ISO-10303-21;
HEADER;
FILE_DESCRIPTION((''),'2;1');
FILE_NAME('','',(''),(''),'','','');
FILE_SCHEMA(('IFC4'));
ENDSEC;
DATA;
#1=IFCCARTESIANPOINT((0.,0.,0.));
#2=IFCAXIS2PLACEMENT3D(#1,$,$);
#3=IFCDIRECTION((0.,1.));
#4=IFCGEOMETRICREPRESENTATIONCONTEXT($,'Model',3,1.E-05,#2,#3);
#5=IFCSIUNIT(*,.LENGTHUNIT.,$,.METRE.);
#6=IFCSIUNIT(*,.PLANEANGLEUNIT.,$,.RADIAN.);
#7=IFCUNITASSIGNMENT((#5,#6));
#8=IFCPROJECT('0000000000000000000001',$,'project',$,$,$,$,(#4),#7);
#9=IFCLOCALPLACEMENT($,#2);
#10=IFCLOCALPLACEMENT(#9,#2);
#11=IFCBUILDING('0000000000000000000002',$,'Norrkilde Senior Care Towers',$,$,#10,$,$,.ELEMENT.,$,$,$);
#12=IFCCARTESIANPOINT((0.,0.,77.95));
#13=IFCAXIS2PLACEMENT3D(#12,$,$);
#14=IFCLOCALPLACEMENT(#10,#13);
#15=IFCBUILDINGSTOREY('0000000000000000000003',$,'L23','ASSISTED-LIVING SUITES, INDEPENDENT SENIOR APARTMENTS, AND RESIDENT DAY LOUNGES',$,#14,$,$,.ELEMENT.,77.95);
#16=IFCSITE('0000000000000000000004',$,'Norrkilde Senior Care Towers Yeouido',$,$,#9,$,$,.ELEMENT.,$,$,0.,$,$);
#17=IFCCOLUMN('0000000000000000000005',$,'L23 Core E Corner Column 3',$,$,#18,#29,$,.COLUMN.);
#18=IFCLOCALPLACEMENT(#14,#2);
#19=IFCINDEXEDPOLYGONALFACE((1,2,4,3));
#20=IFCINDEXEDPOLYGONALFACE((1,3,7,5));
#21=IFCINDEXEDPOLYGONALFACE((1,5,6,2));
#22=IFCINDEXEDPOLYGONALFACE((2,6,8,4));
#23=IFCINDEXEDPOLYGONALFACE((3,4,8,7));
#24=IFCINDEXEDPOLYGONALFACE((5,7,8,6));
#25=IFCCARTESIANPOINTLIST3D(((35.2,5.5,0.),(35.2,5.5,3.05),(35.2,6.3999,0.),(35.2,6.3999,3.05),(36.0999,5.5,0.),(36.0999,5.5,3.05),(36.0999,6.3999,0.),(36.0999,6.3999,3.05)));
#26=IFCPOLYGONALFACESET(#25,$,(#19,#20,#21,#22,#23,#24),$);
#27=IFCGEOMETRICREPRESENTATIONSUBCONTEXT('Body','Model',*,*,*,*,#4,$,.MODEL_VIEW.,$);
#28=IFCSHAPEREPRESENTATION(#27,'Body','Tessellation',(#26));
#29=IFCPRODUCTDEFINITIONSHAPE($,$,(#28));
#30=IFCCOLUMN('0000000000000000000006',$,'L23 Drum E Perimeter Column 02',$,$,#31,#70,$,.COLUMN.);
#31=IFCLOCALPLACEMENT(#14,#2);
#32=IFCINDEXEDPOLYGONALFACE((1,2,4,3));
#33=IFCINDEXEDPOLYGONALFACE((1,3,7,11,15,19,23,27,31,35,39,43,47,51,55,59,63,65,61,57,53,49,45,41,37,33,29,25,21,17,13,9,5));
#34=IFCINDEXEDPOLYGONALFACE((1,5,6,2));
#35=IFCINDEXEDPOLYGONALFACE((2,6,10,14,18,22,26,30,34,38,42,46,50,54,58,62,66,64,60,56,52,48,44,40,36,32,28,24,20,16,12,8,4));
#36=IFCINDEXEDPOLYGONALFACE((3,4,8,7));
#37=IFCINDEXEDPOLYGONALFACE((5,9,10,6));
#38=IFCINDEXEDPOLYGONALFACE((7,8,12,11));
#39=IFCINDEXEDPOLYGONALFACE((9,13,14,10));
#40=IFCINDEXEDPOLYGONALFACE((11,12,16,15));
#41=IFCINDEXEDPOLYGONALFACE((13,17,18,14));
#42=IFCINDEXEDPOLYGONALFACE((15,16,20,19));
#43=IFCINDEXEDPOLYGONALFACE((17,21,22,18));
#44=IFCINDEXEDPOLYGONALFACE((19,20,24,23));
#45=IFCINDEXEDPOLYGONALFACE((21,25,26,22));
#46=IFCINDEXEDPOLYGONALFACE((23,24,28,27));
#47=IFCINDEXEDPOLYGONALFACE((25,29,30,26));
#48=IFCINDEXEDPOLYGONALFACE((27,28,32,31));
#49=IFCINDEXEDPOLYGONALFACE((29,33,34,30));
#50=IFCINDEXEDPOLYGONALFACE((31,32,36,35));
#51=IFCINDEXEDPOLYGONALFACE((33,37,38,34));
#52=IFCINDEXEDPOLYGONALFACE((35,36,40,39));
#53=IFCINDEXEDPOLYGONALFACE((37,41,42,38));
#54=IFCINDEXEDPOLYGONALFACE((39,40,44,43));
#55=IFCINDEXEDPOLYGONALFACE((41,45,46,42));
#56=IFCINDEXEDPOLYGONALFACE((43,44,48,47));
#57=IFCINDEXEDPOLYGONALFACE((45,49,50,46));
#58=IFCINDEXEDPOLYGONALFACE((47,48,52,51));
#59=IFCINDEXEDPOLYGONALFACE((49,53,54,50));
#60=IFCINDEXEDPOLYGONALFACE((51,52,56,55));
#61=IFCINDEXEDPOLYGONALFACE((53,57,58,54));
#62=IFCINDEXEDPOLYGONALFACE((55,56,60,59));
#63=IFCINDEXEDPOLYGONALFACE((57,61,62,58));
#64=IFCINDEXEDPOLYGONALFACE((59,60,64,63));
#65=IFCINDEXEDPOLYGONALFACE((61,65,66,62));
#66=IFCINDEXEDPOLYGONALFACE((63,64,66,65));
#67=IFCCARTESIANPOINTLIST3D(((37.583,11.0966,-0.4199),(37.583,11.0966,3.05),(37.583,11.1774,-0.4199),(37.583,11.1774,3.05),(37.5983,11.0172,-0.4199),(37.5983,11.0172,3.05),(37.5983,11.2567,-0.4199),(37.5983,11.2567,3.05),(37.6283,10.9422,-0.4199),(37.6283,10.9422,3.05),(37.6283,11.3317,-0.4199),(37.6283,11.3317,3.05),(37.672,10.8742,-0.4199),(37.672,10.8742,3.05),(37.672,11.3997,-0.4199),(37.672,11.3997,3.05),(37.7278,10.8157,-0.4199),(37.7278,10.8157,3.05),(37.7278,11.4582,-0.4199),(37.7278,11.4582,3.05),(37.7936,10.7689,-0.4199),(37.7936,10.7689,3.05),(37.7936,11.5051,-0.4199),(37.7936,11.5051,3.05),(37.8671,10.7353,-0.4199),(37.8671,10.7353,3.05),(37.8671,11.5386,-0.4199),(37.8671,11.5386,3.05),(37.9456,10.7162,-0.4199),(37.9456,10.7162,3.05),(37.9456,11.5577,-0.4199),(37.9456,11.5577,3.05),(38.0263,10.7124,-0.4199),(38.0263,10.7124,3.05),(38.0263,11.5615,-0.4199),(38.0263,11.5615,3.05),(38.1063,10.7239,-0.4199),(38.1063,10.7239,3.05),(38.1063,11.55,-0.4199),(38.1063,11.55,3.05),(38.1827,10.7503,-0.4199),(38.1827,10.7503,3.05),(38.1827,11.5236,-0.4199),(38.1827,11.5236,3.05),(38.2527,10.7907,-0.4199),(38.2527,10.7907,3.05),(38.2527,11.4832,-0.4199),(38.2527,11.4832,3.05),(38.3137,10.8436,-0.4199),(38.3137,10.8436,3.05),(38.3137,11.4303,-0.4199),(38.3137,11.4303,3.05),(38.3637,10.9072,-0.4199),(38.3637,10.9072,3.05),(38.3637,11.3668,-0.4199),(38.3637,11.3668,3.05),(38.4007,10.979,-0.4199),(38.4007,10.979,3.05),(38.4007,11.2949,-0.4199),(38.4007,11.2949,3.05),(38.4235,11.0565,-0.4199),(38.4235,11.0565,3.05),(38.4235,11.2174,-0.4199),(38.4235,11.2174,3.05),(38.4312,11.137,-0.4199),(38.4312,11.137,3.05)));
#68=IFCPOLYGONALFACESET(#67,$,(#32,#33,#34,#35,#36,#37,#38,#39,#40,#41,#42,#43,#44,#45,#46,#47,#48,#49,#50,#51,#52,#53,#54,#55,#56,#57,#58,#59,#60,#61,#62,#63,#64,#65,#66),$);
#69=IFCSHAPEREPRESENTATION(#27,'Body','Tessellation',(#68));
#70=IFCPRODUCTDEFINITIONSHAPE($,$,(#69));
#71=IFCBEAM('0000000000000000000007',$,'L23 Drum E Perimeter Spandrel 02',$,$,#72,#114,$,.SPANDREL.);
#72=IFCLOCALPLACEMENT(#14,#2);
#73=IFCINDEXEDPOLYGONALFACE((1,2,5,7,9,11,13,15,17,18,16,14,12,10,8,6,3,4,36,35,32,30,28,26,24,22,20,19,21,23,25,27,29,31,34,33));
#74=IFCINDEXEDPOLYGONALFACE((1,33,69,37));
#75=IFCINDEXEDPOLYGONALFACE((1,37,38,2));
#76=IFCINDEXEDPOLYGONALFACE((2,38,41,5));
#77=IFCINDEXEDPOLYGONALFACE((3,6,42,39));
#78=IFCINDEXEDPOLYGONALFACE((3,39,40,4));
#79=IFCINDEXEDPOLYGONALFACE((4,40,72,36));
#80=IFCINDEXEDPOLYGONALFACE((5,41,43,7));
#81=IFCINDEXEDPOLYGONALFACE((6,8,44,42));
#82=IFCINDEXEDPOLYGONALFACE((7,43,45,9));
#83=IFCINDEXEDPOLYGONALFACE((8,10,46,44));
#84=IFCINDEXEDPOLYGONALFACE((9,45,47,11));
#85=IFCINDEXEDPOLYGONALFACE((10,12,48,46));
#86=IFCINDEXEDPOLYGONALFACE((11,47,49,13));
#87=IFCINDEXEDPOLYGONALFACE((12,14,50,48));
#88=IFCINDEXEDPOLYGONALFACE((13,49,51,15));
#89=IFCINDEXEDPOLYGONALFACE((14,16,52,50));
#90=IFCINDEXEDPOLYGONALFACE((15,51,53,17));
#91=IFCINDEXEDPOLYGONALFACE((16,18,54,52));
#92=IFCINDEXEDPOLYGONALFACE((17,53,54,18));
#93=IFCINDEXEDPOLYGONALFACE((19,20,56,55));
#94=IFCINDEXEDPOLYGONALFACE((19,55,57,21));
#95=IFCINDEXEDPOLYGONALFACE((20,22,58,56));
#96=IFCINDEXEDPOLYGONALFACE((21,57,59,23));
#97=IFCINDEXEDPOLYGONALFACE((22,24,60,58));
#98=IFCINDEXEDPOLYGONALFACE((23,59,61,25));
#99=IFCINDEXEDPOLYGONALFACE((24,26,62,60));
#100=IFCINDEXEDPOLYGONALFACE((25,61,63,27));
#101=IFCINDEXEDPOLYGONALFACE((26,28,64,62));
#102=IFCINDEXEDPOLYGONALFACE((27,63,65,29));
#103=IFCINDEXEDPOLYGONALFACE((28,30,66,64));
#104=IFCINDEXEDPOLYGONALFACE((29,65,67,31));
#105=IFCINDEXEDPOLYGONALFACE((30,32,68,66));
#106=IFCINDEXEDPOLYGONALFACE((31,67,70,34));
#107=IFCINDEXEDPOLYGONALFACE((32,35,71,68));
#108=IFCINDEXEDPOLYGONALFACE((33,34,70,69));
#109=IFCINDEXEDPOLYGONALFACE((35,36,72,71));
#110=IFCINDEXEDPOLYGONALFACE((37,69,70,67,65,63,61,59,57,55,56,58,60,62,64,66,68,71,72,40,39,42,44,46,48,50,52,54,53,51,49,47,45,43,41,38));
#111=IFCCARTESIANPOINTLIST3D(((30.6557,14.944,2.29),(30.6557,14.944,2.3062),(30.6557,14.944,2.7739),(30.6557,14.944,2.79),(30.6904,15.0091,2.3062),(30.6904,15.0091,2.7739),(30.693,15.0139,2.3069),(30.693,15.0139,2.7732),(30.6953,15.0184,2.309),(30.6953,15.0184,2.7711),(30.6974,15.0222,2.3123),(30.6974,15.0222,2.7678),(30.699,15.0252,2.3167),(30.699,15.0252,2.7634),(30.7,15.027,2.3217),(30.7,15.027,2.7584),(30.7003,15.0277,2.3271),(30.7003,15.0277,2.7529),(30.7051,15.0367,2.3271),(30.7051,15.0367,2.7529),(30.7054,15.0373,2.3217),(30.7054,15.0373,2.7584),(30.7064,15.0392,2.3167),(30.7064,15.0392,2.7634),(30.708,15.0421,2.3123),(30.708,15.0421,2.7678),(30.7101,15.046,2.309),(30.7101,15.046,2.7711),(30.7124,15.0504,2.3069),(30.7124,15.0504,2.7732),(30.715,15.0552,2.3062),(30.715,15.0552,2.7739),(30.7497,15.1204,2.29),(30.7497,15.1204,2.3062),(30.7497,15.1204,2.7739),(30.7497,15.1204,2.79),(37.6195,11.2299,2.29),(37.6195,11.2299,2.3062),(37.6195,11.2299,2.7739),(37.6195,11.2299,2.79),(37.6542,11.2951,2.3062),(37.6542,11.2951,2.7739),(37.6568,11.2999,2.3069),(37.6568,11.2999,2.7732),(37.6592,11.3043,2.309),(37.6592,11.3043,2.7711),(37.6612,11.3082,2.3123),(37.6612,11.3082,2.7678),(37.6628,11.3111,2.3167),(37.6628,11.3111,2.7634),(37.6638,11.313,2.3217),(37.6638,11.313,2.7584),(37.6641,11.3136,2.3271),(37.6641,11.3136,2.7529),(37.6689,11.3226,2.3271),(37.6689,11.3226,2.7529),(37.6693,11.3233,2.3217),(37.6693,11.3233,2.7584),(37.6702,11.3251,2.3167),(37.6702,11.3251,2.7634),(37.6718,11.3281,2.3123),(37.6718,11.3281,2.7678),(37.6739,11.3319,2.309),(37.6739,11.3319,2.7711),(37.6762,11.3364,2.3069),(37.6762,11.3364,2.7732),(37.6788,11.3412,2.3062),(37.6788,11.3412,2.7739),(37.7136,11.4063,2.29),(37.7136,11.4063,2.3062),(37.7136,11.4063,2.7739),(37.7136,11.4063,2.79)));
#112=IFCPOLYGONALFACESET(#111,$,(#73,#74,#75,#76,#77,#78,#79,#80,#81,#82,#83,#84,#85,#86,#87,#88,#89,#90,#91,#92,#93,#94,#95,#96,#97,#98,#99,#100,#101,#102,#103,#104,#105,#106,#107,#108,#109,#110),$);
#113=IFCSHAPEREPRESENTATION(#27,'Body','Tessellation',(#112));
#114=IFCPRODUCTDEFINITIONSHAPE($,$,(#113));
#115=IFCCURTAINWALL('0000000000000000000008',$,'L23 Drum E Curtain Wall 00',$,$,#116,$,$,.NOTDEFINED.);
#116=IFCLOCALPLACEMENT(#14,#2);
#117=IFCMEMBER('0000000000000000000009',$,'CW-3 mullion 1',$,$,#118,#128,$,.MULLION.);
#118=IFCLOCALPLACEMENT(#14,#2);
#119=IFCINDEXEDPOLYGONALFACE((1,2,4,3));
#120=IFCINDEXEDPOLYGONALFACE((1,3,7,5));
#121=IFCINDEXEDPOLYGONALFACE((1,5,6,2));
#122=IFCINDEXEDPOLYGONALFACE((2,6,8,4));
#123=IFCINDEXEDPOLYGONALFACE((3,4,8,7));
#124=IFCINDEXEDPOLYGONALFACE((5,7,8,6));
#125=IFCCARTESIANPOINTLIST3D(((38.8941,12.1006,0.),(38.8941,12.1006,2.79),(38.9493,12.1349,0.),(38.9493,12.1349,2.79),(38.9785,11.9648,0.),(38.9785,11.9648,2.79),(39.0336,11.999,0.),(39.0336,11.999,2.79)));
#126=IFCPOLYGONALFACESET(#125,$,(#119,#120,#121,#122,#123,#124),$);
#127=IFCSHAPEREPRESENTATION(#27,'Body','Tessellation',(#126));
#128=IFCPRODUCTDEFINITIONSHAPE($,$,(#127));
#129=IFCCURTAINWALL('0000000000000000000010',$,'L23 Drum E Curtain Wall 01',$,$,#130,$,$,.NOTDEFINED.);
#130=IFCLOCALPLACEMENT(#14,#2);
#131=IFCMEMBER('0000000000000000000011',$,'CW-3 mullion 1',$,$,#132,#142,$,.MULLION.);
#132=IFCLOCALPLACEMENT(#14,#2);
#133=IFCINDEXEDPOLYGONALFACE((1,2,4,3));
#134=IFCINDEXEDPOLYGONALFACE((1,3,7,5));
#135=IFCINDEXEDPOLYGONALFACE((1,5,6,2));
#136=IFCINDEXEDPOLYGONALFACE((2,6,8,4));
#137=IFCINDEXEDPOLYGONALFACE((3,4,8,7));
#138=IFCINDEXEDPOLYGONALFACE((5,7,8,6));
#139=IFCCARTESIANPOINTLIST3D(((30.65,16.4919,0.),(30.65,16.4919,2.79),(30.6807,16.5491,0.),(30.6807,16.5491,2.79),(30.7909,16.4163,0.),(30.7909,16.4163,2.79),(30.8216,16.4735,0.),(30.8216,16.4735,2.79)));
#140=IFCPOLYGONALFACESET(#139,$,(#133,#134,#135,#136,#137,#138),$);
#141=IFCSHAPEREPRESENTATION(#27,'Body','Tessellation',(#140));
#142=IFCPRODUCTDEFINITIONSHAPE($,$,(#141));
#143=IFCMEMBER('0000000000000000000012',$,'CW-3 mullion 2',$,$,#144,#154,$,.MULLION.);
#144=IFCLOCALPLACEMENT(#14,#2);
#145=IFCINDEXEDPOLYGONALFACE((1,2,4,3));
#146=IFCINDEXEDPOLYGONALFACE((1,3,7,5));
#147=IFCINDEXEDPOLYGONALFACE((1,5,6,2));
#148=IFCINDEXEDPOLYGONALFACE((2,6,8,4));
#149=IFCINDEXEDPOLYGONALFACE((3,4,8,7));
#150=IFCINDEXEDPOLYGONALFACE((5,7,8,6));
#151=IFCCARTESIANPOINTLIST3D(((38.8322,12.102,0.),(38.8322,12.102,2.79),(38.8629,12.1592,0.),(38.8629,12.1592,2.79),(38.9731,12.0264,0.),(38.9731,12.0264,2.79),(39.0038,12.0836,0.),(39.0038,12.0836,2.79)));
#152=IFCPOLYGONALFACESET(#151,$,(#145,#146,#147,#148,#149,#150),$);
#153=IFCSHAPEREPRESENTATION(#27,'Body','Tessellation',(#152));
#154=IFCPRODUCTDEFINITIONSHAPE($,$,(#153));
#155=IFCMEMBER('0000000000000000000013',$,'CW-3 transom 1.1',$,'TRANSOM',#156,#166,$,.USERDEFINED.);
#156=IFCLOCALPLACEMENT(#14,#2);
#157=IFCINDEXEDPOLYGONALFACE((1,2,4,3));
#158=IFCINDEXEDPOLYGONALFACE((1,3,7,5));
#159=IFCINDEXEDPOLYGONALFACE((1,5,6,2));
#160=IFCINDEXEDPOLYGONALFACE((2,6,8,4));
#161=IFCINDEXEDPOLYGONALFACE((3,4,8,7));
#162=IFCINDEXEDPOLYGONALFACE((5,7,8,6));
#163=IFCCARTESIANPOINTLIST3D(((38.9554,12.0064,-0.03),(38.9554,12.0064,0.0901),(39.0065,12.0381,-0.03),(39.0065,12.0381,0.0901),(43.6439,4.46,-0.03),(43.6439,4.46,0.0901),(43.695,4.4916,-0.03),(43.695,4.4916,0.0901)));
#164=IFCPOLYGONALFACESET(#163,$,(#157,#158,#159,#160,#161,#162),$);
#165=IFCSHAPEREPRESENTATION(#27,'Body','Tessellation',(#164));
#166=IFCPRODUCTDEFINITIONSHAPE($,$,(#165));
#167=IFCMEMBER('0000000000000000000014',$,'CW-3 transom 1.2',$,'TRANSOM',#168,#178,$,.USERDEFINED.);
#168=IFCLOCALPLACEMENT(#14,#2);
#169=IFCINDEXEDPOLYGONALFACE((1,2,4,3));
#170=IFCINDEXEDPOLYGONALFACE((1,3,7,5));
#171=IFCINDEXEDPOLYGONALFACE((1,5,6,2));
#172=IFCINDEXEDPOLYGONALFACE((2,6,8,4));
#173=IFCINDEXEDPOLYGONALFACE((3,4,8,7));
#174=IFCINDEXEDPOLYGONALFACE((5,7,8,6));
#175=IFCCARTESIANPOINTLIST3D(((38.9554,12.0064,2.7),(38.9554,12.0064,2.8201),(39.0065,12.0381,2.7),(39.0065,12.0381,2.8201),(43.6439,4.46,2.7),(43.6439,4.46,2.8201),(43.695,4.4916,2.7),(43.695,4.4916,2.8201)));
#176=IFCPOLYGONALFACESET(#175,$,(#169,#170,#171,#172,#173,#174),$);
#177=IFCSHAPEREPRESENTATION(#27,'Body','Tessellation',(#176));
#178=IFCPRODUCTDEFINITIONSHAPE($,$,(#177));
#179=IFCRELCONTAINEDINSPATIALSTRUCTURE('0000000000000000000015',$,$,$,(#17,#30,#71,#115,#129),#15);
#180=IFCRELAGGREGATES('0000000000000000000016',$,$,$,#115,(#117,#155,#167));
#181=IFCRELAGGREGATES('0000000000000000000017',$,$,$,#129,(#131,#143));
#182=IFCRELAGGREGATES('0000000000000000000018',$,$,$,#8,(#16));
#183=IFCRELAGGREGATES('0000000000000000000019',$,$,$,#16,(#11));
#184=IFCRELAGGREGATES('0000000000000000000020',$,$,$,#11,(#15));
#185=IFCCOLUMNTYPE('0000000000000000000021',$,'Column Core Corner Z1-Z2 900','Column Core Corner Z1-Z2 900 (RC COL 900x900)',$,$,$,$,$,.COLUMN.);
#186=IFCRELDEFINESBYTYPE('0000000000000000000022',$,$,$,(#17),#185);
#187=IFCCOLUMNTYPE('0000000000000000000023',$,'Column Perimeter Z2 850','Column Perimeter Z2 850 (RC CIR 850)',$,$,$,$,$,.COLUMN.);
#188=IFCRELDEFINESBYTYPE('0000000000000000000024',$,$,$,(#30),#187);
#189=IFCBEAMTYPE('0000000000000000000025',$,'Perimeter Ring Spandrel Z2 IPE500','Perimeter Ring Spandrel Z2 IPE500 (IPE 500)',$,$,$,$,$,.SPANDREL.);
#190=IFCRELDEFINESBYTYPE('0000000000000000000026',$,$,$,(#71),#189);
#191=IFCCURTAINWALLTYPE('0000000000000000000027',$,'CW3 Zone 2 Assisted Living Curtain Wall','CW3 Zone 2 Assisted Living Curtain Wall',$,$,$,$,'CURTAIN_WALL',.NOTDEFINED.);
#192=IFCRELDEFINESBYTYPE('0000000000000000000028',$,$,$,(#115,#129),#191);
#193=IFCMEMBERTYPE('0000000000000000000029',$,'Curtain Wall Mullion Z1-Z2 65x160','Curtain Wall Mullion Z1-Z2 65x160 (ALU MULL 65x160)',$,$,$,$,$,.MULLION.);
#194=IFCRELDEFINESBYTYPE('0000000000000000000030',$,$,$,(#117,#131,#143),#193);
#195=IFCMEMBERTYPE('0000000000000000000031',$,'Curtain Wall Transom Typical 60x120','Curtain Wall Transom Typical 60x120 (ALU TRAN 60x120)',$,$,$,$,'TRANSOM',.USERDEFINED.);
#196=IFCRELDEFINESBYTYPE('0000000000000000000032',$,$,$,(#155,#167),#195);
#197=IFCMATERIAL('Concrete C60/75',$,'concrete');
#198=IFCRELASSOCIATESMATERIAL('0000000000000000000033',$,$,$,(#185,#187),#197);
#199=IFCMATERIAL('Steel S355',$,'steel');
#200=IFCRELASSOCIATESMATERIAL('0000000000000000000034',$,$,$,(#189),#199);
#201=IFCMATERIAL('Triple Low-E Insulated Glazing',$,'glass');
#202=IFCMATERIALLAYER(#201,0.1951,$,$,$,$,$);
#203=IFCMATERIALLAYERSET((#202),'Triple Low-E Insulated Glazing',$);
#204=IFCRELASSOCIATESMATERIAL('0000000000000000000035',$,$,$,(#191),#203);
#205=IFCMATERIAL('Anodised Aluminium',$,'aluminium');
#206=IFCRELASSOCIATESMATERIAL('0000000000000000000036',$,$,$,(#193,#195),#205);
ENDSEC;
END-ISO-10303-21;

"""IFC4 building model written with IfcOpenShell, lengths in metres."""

from ifc_helpers import new_model, si_unit, direction, frame, origin, origin_2d, place, context, subcontext, project, spatial, rectangle, circle, i_section, extrude, source, transform, mapped, material, layer, layer_set, material_profile, profile_set, type_object, type_shapes, element, aggregate, save


model = new_model("IFC4")

# Units and contexts
model_context = context("Model", 3, precision=1e-05, world=origin(), true_north=direction((0.0, 1.0)))
body_context = subcontext(model_context, "Body", "Model", "MODEL_VIEW")
ifc_project = project(units=[si_unit("LENGTHUNIT", "METRE"), si_unit("PLANEANGLEUNIT", "RADIAN")], contexts=[model_context])

# Site, building, storey
site_placement = place(None, origin())
site = spatial("IfcSite", under=ifc_project, at=site_placement, Name="Norrkilde Senior Care Towers Yeouido", CompositionType="ELEMENT", RefElevation=0.0)
building_placement = place(site_placement, origin())
building = spatial("IfcBuilding", under=site, at=building_placement, Name="Norrkilde Senior Care Towers", CompositionType="ELEMENT")
storey_placement = place(building_placement, frame((0.0, 0.0, 77.95)))
storey = spatial("IfcBuildingStorey", under=building, at=storey_placement, Name="L23", Description="ASSISTED-LIVING SUITES, INDEPENDENT SENIOR APARTMENTS, AND RESIDENT DAY LOUNGES", CompositionType="ELEMENT", Elevation=77.95)

# Columns
ifc_material_1 = material(Name="Concrete C60/75", Category="concrete")
ifc_material_profile_1 = material_profile(ifc_material_1, rectangle(XDim=0.8999, YDim=0.8999, at=origin_2d()), Name="RC COL 900x900")
ifc_profile_set_1 = profile_set([ifc_material_profile_1], Name="Concrete C60/75")
column_type_1 = type_object("IfcColumnType", Name="Column Core Corner Z1-Z2 900", Description="Column Core Corner Z1-Z2 900 (RC COL 900x900)", PredefinedType="COLUMN", material=ifc_profile_set_1)
shared_shape_1 = source(origin(), body_context, "Body", "SweptSolid", [
    extrude(rectangle(XDim=0.8999, YDim=0.8999, at=origin_2d()), origin(), (0.0, 0.0, 1.0), 3.05),
])
type_shapes(column_type_1, [shared_shape_1])
column_1_placement = place(storey_placement, frame((35.6499, 5.95, 0.0), z_axis=(0.0, 0.0, 1.0), x_axis=(1.0, 0.0, 0.0)))
element("IfcColumn", 1, at=column_1_placement, inside=storey, type_object=column_type_1, Name="L23 Core E Corner Column 3", PredefinedType="COLUMN", context=body_context, shape_type="MappedRepresentation", body=[
    mapped(shared_shape_1, transform((0.0, 0.0, 0.0), x_axis=(1.0, 0.0, 0.0), y_axis=(0.0, 1.0, 0.0), z_axis=(0.0, 0.0, 1.0), scale=1.0)),
])
ifc_material_profile_2 = material_profile(ifc_material_1, circle(Radius=0.425, at=origin_2d()), Name="RC CIR 850")
ifc_profile_set_2 = profile_set([ifc_material_profile_2], Name="Concrete C60/75")
column_type_2 = type_object("IfcColumnType", Name="Column Perimeter Z2 850", Description="Column Perimeter Z2 850 (RC CIR 850)", PredefinedType="COLUMN", material=ifc_profile_set_2)
shared_shape_2 = source(origin(), body_context, "Body", "SweptSolid", [
    extrude(circle(Radius=0.425, at=origin_2d()), origin(), (0.0, 0.0, 1.0), 3.47),
])
type_shapes(column_type_2, [shared_shape_2])
column_2_placement = place(storey_placement, frame((38.0061, 11.137, -0.4199), z_axis=(0.0, 0.0, 1.0), x_axis=(1.0, 0.0, 0.0)))
element("IfcColumn", 2, at=column_2_placement, inside=storey, type_object=column_type_2, Name="L23 Drum E Perimeter Column 02", PredefinedType="COLUMN", context=body_context, shape_type="MappedRepresentation", body=[
    mapped(shared_shape_2, transform((0.0, 0.0, 0.0), x_axis=(1.0, 0.0, 0.0), y_axis=(0.0, 1.0, 0.0), z_axis=(0.0, 0.0, 1.0), scale=1.0)),
])

# Beam
ifc_material_2 = material(Name="Steel S355", Category="steel")
ifc_material_profile_3 = material_profile(ifc_material_2, i_section(OverallWidth=0.2, OverallDepth=0.5, WebThickness=0.0103, FlangeThickness=0.0161, FilletRadius=0.021, at=origin_2d()), Name="IPE 500")
ifc_profile_set_3 = profile_set([ifc_material_profile_3], Name="Steel S355")
beam_type = type_object("IfcBeamType", Name="Perimeter Ring Spandrel Z2 IPE500", Description="Perimeter Ring Spandrel Z2 IPE500 (IPE 500)", PredefinedType="SPANDREL", material=ifc_profile_set_3)
shared_shape_3 = source(origin(), body_context, "Body", "SweptSolid", [
    extrude(i_section(OverallWidth=0.2, OverallDepth=0.5, WebThickness=0.0103, FlangeThickness=0.0161, FilletRadius=0.021, at=origin_2d()), origin(), (0.0, 0.0, 1.0), 7.8923),
])
type_shapes(beam_type, [shared_shape_3])
beam_placement = place(storey_placement, frame((37.6665, 11.3181, 2.54), z_axis=(-0.88235, 0.470593, 0.0), x_axis=(-0.470593, -0.88235, 0.0)))
element("IfcBeam", 3, at=beam_placement, inside=storey, type_object=beam_type, Name="L23 Drum E Perimeter Spandrel 02", PredefinedType="SPANDREL", context=body_context, shape_type="MappedRepresentation", body=[
    mapped(shared_shape_3, transform((0.0, 0.0, 0.0), x_axis=(1.0, 0.0, 0.0), y_axis=(0.0, 1.0, 0.0), z_axis=(0.0, 0.0, 1.0), scale=1.0)),
])

# Curtain wall, member
ifc_material_3 = material(Name="Triple Low-E Insulated Glazing", Category="glass")
ifc_layer_1 = layer(ifc_material_3, 0.1951)
ifc_layer_set_1 = layer_set([ifc_layer_1], Name="Triple Low-E Insulated Glazing")
curtain_wall_type = type_object("IfcCurtainWallType", Name="CW3 Zone 2 Assisted Living Curtain Wall", Description="CW3 Zone 2 Assisted Living Curtain Wall", ElementType="CURTAIN_WALL", PredefinedType="NOTDEFINED", material=ifc_layer_set_1)
curtain_wall_1_placement = place(storey_placement, origin())
curtain_wall_1 = element("IfcCurtainWall", 4, at=curtain_wall_1_placement, inside=storey, type_object=curtain_wall_type, Name="L23 Drum E Curtain Wall 00", PredefinedType="NOTDEFINED")
ifc_material_4 = material(Name="Anodised Aluminium", Category="aluminium")
ifc_material_profile_4 = material_profile(ifc_material_4, rectangle(XDim=0.0649, YDim=0.1599, at=origin_2d()), Name="ALU MULL 65x160")
ifc_profile_set_4 = profile_set([ifc_material_profile_4], Name="Anodised Aluminium")
member_type_1 = type_object("IfcMemberType", Name="Curtain Wall Mullion Z1-Z2 65x160", Description="Curtain Wall Mullion Z1-Z2 65x160 (ALU MULL 65x160)", PredefinedType="MULLION", material=ifc_profile_set_4)
shared_shape_4 = source(origin(), body_context, "Body", "SweptSolid", [
    extrude(rectangle(XDim=0.0649, YDim=0.1599, at=origin_2d()), origin(), (0.0, 0.0, 1.0), 2.79),
])
type_shapes(member_type_1, [shared_shape_4])
member_1_placement = place(storey_placement, frame((38.9639, 12.0498, 0.0), z_axis=(0.0, 0.0, 1.0), x_axis=(0.84941, 0.527733, 0.0)))
member_1 = element("IfcMember", 5, at=member_1_placement, type_object=member_type_1, Name="CW-3 mullion 1", PredefinedType="MULLION", context=body_context, shape_type="MappedRepresentation", body=[
    mapped(shared_shape_4, transform((0.0, 0.0, 0.0), x_axis=(1.0, 0.0, 0.0), y_axis=(0.0, 1.0, 0.0), z_axis=(0.0, 0.0, 1.0), scale=1.0)),
])

# Curtain wall, members
curtain_wall_2_placement = place(storey_placement, origin())
curtain_wall_2 = element("IfcCurtainWall", 6, at=curtain_wall_2_placement, inside=storey, type_object=curtain_wall_type, Name="L23 Drum E Curtain Wall 01", PredefinedType="NOTDEFINED")
member_2_placement = place(storey_placement, frame((30.7358, 16.4827, 0.0), z_axis=(0.0, 0.0, 1.0), x_axis=(0.472769, 0.881186, 0.0)))
member_2 = element("IfcMember", 7, at=member_2_placement, type_object=member_type_1, Name="CW-3 mullion 1", PredefinedType="MULLION", context=body_context, shape_type="MappedRepresentation", body=[
    mapped(shared_shape_4, transform((0.0, 0.0, 0.0), x_axis=(1.0, 0.0, 0.0), y_axis=(0.0, 1.0, 0.0), z_axis=(0.0, 0.0, 1.0), scale=1.0)),
])
member_3_placement = place(storey_placement, frame((38.918, 12.0928, 0.0), z_axis=(0.0, 0.0, 1.0), x_axis=(0.472769, 0.881186, 0.0)))
member_3 = element("IfcMember", 8, at=member_3_placement, type_object=member_type_1, Name="CW-3 mullion 2", PredefinedType="MULLION", context=body_context, shape_type="MappedRepresentation", body=[
    mapped(shared_shape_4, transform((0.0, 0.0, 0.0), x_axis=(1.0, 0.0, 0.0), y_axis=(0.0, 1.0, 0.0), z_axis=(0.0, 0.0, 1.0), scale=1.0)),
])

# Members
ifc_material_profile_5 = material_profile(ifc_material_4, rectangle(XDim=0.0601, YDim=0.1201, at=origin_2d()), Name="ALU TRAN 60x120")
ifc_profile_set_5 = profile_set([ifc_material_profile_5], Name="Anodised Aluminium")
member_type_2 = type_object("IfcMemberType", Name="Curtain Wall Transom Typical 60x120", Description="Curtain Wall Transom Typical 60x120 (ALU TRAN 60x120)", ElementType="TRANSOM", PredefinedType="USERDEFINED", material=ifc_profile_set_5)
shared_shape_5 = source(origin(), body_context, "Body", "SweptSolid", [
    extrude(rectangle(XDim=0.0601, YDim=0.1201, at=origin_2d()), origin(), (0.0, 0.0, 1.0), 8.8843),
])
member_4_placement = place(storey_placement, frame((38.981, 12.0222, 0.03), z_axis=(0.527729, -0.849413, 0.0), x_axis=(0.849413, 0.527729, 0.0)))
member_4 = element("IfcMember", 9, at=member_4_placement, type_object=member_type_2, Name="CW-3 transom 1.1", ObjectType="TRANSOM", PredefinedType="USERDEFINED", context=body_context, shape_type="MappedRepresentation", body=[
    mapped(shared_shape_5, transform((0.0, 0.0, 0.0), x_axis=(1.0, 0.0, 0.0), y_axis=(0.0, 1.0, 0.0), z_axis=(0.0, 0.0, 1.0), scale=1.0)),
])
member_5_placement = place(storey_placement, frame((38.981, 12.0222, 2.76), z_axis=(0.527729, -0.849413, 0.0), x_axis=(0.849413, 0.527729, 0.0)))
member_5 = element("IfcMember", 10, at=member_5_placement, type_object=member_type_2, Name="CW-3 transom 1.2", ObjectType="TRANSOM", PredefinedType="USERDEFINED", context=body_context, shape_type="MappedRepresentation", body=[
    mapped(shared_shape_5, transform((0.0, 0.0, 0.0), x_axis=(1.0, 0.0, 0.0), y_axis=(0.0, 1.0, 0.0), z_axis=(0.0, 0.0, 1.0), scale=1.0)),
])

aggregate(curtain_wall_1, [member_1, member_4, member_5])
aggregate(curtain_wall_2, [member_2, member_3])

save(model, "model.ifc")
